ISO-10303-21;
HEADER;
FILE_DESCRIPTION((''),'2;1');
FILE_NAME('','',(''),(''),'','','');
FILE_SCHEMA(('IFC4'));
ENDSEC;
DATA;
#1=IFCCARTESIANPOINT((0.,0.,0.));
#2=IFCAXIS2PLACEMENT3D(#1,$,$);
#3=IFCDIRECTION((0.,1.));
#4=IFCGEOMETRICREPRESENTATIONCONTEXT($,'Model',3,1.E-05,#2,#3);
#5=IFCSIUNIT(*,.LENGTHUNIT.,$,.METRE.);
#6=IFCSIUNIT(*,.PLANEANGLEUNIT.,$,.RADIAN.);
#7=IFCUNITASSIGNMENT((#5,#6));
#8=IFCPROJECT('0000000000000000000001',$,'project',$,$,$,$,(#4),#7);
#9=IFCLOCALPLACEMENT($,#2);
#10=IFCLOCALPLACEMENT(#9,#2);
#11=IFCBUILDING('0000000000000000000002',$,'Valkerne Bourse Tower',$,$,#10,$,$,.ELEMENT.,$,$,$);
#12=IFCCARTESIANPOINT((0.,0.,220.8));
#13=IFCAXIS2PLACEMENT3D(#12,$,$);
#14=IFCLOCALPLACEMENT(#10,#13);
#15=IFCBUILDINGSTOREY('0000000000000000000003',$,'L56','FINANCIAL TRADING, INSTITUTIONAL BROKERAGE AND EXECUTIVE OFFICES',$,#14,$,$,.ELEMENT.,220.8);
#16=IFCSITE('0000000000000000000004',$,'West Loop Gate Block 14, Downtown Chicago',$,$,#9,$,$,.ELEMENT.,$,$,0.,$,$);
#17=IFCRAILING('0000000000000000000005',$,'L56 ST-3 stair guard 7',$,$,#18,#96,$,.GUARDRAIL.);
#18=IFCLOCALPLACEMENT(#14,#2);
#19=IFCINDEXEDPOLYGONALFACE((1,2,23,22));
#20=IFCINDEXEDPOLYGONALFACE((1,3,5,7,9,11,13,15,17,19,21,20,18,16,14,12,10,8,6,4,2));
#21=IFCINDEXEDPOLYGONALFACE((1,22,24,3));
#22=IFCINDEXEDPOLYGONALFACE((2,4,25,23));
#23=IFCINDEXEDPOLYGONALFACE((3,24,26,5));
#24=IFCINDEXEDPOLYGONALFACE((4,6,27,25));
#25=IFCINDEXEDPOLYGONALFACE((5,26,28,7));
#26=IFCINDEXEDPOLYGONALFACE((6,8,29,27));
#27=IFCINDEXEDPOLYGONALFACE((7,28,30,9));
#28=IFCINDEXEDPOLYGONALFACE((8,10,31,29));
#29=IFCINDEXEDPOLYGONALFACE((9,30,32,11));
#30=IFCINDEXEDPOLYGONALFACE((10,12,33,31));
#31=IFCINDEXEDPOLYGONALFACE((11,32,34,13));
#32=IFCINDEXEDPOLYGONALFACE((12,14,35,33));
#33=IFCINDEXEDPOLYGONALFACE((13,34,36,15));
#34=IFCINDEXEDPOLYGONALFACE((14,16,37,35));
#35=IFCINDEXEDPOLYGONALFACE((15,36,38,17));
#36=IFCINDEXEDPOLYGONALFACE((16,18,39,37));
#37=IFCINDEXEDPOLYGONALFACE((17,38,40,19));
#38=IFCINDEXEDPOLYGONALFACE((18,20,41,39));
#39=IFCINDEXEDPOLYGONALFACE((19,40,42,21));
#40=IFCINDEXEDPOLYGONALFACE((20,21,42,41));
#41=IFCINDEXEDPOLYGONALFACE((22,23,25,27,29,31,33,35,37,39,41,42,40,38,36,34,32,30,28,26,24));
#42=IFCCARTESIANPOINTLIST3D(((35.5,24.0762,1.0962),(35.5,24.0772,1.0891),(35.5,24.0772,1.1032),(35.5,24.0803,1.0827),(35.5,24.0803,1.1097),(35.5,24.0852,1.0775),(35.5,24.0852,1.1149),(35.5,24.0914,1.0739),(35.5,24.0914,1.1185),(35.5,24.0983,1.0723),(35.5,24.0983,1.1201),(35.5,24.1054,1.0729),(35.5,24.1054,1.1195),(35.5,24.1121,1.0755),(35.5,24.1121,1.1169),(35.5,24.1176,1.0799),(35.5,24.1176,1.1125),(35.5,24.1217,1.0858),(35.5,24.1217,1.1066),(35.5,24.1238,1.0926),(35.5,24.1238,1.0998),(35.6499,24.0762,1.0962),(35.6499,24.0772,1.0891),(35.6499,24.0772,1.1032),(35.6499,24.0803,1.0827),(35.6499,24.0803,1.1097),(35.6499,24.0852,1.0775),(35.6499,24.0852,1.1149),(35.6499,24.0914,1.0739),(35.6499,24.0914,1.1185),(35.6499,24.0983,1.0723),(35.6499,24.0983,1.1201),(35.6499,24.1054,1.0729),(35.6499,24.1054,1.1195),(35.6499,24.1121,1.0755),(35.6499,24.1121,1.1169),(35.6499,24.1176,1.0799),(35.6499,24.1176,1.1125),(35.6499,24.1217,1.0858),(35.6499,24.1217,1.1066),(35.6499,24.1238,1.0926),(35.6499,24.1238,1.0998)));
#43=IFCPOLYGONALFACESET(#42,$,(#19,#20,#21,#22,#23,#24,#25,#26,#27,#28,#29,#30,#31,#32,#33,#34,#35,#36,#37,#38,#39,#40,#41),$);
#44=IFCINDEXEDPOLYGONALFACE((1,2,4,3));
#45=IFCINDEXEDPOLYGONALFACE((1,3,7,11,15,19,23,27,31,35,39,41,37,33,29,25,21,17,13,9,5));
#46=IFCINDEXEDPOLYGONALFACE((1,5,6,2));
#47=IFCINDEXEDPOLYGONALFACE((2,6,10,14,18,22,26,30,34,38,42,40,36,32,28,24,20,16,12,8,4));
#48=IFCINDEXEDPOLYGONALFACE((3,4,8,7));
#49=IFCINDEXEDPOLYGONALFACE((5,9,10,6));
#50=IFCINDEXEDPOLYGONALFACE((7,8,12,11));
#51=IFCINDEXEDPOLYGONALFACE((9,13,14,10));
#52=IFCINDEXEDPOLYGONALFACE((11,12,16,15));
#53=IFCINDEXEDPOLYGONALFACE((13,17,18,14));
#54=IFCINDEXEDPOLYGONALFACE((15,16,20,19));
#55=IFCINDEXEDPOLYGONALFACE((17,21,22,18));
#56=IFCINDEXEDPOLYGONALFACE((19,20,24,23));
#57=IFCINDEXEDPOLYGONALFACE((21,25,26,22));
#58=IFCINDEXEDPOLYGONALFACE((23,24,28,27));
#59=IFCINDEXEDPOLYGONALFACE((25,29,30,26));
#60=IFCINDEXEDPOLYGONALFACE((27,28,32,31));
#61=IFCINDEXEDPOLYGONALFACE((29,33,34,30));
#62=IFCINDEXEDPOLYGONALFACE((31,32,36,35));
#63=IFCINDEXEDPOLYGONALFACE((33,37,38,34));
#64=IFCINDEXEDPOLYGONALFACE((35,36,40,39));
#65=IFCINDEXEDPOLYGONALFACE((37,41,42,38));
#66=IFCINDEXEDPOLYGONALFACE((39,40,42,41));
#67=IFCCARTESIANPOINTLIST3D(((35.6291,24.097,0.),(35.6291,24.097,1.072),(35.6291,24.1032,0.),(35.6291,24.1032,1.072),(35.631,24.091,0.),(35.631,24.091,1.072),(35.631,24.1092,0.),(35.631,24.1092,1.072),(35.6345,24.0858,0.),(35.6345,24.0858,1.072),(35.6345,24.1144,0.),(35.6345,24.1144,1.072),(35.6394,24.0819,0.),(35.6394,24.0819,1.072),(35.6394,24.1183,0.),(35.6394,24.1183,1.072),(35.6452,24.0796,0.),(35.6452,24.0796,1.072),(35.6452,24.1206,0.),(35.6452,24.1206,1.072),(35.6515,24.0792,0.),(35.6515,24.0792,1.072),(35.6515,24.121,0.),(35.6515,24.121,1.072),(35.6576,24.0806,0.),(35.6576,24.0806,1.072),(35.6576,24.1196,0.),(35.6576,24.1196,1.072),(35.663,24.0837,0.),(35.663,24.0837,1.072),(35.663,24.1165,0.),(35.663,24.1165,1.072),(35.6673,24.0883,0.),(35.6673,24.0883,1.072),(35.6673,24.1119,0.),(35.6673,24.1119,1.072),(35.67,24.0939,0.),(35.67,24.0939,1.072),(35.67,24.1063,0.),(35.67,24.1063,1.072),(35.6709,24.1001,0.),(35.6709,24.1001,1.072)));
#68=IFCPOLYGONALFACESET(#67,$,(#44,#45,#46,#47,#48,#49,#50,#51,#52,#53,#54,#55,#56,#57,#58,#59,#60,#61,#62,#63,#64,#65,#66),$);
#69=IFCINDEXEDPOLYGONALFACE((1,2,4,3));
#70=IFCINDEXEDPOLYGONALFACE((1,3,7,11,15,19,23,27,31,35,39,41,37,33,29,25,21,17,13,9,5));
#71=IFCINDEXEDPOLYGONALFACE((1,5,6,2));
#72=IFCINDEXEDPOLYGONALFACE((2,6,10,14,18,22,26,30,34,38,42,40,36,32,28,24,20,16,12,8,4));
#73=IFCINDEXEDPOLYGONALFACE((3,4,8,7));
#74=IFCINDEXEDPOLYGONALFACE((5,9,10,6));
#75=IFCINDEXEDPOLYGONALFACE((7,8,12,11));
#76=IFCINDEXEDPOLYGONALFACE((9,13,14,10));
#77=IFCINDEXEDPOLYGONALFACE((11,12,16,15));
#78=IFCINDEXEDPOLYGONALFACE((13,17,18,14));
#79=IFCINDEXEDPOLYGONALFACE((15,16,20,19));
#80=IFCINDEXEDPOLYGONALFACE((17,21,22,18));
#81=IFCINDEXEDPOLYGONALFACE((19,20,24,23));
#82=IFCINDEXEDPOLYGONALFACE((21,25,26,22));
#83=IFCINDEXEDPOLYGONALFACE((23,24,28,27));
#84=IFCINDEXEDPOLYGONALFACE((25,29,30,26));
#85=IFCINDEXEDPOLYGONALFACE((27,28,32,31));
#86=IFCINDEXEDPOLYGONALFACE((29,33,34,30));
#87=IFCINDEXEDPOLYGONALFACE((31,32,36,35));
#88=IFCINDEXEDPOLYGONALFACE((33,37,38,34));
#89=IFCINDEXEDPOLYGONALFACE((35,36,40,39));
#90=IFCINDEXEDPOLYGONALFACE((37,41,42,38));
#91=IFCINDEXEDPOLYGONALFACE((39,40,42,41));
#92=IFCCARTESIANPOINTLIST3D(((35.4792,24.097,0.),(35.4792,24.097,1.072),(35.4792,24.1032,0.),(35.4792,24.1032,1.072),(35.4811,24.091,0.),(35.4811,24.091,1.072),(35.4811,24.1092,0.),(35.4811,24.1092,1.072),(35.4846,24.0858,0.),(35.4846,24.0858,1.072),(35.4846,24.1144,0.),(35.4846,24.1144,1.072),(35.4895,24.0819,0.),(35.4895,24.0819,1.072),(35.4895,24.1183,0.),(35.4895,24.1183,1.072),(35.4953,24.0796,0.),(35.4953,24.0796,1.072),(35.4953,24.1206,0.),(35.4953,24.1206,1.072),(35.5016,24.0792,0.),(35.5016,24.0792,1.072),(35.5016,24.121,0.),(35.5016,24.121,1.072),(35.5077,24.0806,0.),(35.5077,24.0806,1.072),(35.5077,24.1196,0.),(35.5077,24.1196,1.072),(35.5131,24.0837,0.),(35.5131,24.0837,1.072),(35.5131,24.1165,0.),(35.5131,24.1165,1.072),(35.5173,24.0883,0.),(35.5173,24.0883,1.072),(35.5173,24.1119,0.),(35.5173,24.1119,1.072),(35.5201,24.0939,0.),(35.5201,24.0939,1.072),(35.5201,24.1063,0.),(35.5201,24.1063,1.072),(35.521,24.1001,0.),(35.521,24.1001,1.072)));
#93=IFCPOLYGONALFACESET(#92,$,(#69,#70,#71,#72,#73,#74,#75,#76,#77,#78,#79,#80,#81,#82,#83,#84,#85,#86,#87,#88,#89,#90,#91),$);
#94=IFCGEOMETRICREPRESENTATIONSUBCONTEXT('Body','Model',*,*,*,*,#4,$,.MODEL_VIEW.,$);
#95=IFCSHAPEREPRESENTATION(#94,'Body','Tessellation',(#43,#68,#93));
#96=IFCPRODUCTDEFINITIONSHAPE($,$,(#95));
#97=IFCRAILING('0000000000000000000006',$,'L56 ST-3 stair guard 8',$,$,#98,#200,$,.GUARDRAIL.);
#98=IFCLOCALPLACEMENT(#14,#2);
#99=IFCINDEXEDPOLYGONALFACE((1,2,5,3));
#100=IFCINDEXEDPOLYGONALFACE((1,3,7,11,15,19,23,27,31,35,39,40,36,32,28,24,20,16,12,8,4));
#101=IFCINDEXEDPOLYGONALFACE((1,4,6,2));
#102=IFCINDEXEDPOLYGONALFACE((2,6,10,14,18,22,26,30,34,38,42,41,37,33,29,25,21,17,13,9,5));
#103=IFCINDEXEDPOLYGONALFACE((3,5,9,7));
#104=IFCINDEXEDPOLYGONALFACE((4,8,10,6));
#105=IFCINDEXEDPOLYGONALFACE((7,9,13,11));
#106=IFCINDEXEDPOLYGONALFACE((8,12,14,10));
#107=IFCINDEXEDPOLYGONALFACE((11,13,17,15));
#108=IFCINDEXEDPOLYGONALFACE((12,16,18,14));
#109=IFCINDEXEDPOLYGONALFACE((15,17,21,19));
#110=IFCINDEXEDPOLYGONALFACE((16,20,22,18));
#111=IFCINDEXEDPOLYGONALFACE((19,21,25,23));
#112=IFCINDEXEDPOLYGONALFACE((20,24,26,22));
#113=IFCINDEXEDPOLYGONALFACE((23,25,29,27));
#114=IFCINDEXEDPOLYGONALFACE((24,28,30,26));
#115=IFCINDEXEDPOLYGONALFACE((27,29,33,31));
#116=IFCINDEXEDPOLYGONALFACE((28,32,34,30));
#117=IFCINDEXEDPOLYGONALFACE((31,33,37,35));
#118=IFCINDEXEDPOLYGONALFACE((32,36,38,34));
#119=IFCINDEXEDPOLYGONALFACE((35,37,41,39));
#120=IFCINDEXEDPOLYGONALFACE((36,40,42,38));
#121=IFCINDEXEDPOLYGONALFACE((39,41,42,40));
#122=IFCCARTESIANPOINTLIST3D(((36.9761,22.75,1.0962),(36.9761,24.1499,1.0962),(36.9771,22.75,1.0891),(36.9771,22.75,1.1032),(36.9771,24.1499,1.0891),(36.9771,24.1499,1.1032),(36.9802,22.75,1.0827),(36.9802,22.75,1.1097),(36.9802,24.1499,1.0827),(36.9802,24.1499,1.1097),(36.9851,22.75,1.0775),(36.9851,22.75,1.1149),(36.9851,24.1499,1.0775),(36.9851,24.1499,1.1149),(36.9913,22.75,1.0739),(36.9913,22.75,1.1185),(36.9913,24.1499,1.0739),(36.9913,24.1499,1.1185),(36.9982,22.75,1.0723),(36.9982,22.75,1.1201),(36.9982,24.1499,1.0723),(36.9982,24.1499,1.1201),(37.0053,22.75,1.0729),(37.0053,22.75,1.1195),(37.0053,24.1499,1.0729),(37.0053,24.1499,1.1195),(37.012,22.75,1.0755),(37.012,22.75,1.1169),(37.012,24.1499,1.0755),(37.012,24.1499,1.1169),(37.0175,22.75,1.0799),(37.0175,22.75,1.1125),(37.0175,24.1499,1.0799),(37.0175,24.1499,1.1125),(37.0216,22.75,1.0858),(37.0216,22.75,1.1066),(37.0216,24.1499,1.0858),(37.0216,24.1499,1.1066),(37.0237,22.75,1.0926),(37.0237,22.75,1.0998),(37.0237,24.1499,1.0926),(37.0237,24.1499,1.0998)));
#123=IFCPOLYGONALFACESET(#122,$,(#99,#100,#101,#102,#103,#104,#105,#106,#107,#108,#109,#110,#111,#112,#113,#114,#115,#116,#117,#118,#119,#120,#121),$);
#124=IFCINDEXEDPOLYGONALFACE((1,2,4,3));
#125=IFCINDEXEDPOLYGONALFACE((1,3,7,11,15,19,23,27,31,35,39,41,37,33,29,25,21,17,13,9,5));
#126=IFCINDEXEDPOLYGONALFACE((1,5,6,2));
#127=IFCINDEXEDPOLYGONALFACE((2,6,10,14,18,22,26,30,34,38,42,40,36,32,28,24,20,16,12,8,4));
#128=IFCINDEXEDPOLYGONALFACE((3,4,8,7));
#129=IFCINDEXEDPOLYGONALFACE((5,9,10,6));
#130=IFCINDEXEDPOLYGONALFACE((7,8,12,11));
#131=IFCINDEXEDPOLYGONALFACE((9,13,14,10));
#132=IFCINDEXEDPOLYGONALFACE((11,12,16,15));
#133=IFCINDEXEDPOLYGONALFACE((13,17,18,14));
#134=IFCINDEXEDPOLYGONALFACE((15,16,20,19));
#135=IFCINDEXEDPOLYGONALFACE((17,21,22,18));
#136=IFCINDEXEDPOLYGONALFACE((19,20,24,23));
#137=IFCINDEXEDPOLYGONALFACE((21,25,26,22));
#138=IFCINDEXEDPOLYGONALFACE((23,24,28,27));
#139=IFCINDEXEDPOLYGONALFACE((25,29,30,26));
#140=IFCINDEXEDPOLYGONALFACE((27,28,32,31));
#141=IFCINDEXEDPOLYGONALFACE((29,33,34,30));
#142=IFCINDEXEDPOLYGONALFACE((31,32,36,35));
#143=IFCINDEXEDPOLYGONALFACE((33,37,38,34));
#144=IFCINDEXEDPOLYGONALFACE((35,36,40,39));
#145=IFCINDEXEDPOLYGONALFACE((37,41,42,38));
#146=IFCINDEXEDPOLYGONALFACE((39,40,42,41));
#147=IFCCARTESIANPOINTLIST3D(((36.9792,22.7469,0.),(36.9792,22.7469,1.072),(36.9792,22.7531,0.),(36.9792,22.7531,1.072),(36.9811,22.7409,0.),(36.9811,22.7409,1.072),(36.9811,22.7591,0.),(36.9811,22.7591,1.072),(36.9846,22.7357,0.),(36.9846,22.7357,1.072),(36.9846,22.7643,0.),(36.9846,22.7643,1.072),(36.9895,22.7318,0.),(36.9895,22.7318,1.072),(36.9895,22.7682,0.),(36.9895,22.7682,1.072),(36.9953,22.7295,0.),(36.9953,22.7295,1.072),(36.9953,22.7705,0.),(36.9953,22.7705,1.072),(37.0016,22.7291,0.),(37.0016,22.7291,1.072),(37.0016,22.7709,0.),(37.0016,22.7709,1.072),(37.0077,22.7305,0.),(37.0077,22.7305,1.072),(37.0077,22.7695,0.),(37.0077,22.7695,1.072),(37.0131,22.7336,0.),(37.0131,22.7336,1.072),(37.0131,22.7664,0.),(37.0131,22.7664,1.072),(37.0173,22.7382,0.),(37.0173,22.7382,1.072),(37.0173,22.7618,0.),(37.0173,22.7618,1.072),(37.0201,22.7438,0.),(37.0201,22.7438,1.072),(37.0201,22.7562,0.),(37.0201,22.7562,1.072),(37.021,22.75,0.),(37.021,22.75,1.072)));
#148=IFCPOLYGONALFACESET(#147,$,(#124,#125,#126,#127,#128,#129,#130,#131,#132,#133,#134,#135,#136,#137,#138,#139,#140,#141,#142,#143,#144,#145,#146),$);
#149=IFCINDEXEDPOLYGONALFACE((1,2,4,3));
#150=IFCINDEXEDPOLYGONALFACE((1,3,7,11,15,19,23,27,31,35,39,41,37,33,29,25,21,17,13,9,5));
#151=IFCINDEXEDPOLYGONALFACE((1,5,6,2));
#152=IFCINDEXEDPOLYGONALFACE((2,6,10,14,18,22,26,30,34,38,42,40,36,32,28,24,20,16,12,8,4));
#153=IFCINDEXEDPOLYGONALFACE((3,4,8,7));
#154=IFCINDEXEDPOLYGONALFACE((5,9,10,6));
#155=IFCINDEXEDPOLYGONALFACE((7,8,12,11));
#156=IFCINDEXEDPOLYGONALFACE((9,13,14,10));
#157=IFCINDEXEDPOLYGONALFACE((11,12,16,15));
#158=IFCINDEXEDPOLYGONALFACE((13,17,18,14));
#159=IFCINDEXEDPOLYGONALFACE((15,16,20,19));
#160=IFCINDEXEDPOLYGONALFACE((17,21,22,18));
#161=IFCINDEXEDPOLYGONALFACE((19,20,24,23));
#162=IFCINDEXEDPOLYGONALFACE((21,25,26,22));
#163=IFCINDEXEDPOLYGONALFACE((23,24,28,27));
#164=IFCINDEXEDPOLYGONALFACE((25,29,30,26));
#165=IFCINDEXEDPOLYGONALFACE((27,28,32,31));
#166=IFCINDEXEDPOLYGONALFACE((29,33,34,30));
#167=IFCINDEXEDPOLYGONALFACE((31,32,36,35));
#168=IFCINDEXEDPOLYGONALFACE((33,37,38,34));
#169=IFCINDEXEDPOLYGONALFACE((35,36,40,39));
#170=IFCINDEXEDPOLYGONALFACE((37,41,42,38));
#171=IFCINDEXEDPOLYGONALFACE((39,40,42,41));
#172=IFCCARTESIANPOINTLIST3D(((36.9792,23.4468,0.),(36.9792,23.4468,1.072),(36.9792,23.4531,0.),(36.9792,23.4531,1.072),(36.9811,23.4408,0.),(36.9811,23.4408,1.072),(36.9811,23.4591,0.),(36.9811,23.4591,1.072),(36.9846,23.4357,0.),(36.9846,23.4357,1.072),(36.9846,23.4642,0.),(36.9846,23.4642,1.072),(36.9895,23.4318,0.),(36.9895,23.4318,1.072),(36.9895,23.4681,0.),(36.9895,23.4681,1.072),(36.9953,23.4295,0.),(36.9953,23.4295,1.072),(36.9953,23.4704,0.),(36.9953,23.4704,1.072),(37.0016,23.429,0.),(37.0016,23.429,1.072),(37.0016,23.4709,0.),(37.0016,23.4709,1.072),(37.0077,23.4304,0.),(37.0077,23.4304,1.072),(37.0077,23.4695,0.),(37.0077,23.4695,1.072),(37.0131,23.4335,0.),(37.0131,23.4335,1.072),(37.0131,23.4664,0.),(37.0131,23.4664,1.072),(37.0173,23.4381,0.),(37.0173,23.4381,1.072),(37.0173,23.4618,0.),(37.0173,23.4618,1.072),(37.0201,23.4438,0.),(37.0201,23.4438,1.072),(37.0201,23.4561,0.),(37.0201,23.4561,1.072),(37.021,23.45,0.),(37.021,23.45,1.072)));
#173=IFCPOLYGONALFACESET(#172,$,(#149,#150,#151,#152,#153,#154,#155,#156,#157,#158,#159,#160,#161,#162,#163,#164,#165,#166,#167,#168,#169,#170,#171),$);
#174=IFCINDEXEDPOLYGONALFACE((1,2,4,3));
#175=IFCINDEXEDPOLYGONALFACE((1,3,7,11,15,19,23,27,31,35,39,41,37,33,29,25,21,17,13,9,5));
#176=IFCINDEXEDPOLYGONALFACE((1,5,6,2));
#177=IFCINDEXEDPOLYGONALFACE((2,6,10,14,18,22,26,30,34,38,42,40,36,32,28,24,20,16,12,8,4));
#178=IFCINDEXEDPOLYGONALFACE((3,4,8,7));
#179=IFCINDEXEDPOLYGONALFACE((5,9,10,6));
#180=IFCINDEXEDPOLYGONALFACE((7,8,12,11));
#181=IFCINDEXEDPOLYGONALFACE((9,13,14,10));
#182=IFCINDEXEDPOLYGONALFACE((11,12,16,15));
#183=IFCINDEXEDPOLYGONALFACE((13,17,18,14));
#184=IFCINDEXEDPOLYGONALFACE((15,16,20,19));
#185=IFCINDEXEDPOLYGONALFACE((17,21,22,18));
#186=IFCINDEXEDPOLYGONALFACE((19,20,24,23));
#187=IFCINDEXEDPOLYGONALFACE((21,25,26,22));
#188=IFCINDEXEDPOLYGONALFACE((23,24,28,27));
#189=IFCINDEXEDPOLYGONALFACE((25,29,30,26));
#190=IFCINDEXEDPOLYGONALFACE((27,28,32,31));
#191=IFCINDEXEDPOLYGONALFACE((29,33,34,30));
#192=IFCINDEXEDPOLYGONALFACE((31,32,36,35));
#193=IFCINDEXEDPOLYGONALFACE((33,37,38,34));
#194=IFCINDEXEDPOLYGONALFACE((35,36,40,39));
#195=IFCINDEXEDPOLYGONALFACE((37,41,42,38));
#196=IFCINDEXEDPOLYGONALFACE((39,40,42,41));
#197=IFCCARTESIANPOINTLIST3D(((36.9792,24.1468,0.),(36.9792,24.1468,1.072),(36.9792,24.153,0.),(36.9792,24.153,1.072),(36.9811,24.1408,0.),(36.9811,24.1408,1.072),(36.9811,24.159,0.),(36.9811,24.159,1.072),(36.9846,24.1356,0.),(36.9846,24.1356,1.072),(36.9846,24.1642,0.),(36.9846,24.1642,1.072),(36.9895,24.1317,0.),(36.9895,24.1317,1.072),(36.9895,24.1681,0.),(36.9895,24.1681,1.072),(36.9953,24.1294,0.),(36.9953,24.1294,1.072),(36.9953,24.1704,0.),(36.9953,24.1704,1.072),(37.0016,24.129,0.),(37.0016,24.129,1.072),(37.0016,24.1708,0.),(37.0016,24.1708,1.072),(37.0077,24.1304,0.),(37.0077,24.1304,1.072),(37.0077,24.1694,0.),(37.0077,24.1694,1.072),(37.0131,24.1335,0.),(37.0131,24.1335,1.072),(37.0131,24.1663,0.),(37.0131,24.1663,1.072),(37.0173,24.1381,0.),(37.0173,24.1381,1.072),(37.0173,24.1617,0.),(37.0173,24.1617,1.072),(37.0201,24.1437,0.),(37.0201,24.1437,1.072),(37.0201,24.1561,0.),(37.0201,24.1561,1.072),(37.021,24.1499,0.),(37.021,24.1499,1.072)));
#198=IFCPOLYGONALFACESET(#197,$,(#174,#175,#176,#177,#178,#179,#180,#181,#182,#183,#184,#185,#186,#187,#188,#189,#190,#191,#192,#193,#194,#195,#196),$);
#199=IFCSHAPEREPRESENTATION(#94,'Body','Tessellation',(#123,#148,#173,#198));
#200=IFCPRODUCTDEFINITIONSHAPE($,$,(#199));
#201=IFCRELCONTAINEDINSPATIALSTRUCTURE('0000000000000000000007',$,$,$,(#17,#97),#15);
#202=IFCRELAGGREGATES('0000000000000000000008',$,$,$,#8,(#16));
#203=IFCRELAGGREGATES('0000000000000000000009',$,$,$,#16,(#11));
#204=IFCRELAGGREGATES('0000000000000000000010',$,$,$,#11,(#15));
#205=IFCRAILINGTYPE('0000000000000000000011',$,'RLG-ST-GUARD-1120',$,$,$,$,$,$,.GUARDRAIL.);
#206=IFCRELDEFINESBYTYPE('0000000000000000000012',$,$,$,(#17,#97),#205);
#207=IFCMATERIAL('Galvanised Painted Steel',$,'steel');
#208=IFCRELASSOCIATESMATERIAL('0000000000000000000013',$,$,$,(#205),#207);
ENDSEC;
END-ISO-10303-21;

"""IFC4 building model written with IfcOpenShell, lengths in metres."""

from ifc_helpers import new_model, si_unit, direction, frame, origin, origin_2d, place, context, subcontext, project, spatial, circle, extrude, material, type_object, element, save


model = new_model("IFC4")

# Units and contexts
model_context = context("Model", 3, precision=1e-05, world=origin(), true_north=direction((0.0, 1.0)))
body_context = subcontext(model_context, "Body", "Model", "MODEL_VIEW")
ifc_project = project(units=[si_unit("LENGTHUNIT", "METRE"), si_unit("PLANEANGLEUNIT", "RADIAN")], contexts=[model_context])

# Site, building, storey
site_placement = place(None, origin())
site = spatial("IfcSite", under=ifc_project, at=site_placement, Name="West Loop Gate Block 14, Downtown Chicago", CompositionType="ELEMENT", RefElevation=0.0)
building_placement = place(site_placement, origin())
building = spatial("IfcBuilding", under=site, at=building_placement, Name="Valkerne Bourse Tower", CompositionType="ELEMENT")
storey_placement = place(building_placement, frame((0.0, 0.0, 220.8)))
storey = spatial("IfcBuildingStorey", under=building, at=storey_placement, Name="L56", Description="FINANCIAL TRADING, INSTITUTIONAL BROKERAGE AND EXECUTIVE OFFICES", CompositionType="ELEMENT", Elevation=220.8)

# Railings
ifc_material_1 = material(Name="Galvanised Painted Steel", Category="steel")
railing_type_1 = type_object("IfcRailingType", Name="RLG-ST-GUARD-1120", PredefinedType="GUARDRAIL", material=ifc_material_1)
railing_1_placement = place(storey_placement, frame((35.6499, 24.1001, 0.0)))
element("IfcRailing", 1, at=railing_1_placement, inside=storey, type_object=railing_type_1, Name="L56 ST-3 stair guard 7", PredefinedType="GUARDRAIL", context=body_context, shape_type="SweptSolid", body=[
    extrude(circle(Radius=0.0239, at=origin_2d()), frame((0.0, 0.0, 1.0962), z_axis=(-1.0, 0.0, 0.0), x_axis=(0.0, -1.0, 0.0)), (0.0, 0.0, 1.0), 0.1499),
    extrude(circle(Radius=0.021, at=origin_2d()), origin(), (0.0, 0.0, 1.0), 1.072),
    extrude(circle(Radius=0.021, at=origin_2d()), frame((-0.1499, 0.0, 0.0)), (0.0, 0.0, 1.0), 1.072),
])
railing_2_placement = place(storey_placement, frame((37.0, 22.75, 0.0)))
element("IfcRailing", 2, at=railing_2_placement, inside=storey, type_object=railing_type_1, Name="L56 ST-3 stair guard 8", PredefinedType="GUARDRAIL", context=body_context, shape_type="SweptSolid", body=[
    extrude(circle(Radius=0.0239, at=origin_2d()), frame((0.0, 0.0, 1.0962), z_axis=(0.0, 1.0, 0.0), x_axis=(-1.0, 0.0, 0.0)), (0.0, 0.0, 1.0), 1.3999),
    extrude(circle(Radius=0.021, at=origin_2d()), origin(), (0.0, 0.0, 1.0), 1.072),
    extrude(circle(Radius=0.021, at=origin_2d()), frame((0.0, 0.7, 0.0)), (0.0, 0.0, 1.0), 1.072),
    extrude(circle(Radius=0.021, at=origin_2d()), frame((0.0, 1.3999, 0.0)), (0.0, 0.0, 1.0), 1.072),
])

save(model, "model.ifc")
